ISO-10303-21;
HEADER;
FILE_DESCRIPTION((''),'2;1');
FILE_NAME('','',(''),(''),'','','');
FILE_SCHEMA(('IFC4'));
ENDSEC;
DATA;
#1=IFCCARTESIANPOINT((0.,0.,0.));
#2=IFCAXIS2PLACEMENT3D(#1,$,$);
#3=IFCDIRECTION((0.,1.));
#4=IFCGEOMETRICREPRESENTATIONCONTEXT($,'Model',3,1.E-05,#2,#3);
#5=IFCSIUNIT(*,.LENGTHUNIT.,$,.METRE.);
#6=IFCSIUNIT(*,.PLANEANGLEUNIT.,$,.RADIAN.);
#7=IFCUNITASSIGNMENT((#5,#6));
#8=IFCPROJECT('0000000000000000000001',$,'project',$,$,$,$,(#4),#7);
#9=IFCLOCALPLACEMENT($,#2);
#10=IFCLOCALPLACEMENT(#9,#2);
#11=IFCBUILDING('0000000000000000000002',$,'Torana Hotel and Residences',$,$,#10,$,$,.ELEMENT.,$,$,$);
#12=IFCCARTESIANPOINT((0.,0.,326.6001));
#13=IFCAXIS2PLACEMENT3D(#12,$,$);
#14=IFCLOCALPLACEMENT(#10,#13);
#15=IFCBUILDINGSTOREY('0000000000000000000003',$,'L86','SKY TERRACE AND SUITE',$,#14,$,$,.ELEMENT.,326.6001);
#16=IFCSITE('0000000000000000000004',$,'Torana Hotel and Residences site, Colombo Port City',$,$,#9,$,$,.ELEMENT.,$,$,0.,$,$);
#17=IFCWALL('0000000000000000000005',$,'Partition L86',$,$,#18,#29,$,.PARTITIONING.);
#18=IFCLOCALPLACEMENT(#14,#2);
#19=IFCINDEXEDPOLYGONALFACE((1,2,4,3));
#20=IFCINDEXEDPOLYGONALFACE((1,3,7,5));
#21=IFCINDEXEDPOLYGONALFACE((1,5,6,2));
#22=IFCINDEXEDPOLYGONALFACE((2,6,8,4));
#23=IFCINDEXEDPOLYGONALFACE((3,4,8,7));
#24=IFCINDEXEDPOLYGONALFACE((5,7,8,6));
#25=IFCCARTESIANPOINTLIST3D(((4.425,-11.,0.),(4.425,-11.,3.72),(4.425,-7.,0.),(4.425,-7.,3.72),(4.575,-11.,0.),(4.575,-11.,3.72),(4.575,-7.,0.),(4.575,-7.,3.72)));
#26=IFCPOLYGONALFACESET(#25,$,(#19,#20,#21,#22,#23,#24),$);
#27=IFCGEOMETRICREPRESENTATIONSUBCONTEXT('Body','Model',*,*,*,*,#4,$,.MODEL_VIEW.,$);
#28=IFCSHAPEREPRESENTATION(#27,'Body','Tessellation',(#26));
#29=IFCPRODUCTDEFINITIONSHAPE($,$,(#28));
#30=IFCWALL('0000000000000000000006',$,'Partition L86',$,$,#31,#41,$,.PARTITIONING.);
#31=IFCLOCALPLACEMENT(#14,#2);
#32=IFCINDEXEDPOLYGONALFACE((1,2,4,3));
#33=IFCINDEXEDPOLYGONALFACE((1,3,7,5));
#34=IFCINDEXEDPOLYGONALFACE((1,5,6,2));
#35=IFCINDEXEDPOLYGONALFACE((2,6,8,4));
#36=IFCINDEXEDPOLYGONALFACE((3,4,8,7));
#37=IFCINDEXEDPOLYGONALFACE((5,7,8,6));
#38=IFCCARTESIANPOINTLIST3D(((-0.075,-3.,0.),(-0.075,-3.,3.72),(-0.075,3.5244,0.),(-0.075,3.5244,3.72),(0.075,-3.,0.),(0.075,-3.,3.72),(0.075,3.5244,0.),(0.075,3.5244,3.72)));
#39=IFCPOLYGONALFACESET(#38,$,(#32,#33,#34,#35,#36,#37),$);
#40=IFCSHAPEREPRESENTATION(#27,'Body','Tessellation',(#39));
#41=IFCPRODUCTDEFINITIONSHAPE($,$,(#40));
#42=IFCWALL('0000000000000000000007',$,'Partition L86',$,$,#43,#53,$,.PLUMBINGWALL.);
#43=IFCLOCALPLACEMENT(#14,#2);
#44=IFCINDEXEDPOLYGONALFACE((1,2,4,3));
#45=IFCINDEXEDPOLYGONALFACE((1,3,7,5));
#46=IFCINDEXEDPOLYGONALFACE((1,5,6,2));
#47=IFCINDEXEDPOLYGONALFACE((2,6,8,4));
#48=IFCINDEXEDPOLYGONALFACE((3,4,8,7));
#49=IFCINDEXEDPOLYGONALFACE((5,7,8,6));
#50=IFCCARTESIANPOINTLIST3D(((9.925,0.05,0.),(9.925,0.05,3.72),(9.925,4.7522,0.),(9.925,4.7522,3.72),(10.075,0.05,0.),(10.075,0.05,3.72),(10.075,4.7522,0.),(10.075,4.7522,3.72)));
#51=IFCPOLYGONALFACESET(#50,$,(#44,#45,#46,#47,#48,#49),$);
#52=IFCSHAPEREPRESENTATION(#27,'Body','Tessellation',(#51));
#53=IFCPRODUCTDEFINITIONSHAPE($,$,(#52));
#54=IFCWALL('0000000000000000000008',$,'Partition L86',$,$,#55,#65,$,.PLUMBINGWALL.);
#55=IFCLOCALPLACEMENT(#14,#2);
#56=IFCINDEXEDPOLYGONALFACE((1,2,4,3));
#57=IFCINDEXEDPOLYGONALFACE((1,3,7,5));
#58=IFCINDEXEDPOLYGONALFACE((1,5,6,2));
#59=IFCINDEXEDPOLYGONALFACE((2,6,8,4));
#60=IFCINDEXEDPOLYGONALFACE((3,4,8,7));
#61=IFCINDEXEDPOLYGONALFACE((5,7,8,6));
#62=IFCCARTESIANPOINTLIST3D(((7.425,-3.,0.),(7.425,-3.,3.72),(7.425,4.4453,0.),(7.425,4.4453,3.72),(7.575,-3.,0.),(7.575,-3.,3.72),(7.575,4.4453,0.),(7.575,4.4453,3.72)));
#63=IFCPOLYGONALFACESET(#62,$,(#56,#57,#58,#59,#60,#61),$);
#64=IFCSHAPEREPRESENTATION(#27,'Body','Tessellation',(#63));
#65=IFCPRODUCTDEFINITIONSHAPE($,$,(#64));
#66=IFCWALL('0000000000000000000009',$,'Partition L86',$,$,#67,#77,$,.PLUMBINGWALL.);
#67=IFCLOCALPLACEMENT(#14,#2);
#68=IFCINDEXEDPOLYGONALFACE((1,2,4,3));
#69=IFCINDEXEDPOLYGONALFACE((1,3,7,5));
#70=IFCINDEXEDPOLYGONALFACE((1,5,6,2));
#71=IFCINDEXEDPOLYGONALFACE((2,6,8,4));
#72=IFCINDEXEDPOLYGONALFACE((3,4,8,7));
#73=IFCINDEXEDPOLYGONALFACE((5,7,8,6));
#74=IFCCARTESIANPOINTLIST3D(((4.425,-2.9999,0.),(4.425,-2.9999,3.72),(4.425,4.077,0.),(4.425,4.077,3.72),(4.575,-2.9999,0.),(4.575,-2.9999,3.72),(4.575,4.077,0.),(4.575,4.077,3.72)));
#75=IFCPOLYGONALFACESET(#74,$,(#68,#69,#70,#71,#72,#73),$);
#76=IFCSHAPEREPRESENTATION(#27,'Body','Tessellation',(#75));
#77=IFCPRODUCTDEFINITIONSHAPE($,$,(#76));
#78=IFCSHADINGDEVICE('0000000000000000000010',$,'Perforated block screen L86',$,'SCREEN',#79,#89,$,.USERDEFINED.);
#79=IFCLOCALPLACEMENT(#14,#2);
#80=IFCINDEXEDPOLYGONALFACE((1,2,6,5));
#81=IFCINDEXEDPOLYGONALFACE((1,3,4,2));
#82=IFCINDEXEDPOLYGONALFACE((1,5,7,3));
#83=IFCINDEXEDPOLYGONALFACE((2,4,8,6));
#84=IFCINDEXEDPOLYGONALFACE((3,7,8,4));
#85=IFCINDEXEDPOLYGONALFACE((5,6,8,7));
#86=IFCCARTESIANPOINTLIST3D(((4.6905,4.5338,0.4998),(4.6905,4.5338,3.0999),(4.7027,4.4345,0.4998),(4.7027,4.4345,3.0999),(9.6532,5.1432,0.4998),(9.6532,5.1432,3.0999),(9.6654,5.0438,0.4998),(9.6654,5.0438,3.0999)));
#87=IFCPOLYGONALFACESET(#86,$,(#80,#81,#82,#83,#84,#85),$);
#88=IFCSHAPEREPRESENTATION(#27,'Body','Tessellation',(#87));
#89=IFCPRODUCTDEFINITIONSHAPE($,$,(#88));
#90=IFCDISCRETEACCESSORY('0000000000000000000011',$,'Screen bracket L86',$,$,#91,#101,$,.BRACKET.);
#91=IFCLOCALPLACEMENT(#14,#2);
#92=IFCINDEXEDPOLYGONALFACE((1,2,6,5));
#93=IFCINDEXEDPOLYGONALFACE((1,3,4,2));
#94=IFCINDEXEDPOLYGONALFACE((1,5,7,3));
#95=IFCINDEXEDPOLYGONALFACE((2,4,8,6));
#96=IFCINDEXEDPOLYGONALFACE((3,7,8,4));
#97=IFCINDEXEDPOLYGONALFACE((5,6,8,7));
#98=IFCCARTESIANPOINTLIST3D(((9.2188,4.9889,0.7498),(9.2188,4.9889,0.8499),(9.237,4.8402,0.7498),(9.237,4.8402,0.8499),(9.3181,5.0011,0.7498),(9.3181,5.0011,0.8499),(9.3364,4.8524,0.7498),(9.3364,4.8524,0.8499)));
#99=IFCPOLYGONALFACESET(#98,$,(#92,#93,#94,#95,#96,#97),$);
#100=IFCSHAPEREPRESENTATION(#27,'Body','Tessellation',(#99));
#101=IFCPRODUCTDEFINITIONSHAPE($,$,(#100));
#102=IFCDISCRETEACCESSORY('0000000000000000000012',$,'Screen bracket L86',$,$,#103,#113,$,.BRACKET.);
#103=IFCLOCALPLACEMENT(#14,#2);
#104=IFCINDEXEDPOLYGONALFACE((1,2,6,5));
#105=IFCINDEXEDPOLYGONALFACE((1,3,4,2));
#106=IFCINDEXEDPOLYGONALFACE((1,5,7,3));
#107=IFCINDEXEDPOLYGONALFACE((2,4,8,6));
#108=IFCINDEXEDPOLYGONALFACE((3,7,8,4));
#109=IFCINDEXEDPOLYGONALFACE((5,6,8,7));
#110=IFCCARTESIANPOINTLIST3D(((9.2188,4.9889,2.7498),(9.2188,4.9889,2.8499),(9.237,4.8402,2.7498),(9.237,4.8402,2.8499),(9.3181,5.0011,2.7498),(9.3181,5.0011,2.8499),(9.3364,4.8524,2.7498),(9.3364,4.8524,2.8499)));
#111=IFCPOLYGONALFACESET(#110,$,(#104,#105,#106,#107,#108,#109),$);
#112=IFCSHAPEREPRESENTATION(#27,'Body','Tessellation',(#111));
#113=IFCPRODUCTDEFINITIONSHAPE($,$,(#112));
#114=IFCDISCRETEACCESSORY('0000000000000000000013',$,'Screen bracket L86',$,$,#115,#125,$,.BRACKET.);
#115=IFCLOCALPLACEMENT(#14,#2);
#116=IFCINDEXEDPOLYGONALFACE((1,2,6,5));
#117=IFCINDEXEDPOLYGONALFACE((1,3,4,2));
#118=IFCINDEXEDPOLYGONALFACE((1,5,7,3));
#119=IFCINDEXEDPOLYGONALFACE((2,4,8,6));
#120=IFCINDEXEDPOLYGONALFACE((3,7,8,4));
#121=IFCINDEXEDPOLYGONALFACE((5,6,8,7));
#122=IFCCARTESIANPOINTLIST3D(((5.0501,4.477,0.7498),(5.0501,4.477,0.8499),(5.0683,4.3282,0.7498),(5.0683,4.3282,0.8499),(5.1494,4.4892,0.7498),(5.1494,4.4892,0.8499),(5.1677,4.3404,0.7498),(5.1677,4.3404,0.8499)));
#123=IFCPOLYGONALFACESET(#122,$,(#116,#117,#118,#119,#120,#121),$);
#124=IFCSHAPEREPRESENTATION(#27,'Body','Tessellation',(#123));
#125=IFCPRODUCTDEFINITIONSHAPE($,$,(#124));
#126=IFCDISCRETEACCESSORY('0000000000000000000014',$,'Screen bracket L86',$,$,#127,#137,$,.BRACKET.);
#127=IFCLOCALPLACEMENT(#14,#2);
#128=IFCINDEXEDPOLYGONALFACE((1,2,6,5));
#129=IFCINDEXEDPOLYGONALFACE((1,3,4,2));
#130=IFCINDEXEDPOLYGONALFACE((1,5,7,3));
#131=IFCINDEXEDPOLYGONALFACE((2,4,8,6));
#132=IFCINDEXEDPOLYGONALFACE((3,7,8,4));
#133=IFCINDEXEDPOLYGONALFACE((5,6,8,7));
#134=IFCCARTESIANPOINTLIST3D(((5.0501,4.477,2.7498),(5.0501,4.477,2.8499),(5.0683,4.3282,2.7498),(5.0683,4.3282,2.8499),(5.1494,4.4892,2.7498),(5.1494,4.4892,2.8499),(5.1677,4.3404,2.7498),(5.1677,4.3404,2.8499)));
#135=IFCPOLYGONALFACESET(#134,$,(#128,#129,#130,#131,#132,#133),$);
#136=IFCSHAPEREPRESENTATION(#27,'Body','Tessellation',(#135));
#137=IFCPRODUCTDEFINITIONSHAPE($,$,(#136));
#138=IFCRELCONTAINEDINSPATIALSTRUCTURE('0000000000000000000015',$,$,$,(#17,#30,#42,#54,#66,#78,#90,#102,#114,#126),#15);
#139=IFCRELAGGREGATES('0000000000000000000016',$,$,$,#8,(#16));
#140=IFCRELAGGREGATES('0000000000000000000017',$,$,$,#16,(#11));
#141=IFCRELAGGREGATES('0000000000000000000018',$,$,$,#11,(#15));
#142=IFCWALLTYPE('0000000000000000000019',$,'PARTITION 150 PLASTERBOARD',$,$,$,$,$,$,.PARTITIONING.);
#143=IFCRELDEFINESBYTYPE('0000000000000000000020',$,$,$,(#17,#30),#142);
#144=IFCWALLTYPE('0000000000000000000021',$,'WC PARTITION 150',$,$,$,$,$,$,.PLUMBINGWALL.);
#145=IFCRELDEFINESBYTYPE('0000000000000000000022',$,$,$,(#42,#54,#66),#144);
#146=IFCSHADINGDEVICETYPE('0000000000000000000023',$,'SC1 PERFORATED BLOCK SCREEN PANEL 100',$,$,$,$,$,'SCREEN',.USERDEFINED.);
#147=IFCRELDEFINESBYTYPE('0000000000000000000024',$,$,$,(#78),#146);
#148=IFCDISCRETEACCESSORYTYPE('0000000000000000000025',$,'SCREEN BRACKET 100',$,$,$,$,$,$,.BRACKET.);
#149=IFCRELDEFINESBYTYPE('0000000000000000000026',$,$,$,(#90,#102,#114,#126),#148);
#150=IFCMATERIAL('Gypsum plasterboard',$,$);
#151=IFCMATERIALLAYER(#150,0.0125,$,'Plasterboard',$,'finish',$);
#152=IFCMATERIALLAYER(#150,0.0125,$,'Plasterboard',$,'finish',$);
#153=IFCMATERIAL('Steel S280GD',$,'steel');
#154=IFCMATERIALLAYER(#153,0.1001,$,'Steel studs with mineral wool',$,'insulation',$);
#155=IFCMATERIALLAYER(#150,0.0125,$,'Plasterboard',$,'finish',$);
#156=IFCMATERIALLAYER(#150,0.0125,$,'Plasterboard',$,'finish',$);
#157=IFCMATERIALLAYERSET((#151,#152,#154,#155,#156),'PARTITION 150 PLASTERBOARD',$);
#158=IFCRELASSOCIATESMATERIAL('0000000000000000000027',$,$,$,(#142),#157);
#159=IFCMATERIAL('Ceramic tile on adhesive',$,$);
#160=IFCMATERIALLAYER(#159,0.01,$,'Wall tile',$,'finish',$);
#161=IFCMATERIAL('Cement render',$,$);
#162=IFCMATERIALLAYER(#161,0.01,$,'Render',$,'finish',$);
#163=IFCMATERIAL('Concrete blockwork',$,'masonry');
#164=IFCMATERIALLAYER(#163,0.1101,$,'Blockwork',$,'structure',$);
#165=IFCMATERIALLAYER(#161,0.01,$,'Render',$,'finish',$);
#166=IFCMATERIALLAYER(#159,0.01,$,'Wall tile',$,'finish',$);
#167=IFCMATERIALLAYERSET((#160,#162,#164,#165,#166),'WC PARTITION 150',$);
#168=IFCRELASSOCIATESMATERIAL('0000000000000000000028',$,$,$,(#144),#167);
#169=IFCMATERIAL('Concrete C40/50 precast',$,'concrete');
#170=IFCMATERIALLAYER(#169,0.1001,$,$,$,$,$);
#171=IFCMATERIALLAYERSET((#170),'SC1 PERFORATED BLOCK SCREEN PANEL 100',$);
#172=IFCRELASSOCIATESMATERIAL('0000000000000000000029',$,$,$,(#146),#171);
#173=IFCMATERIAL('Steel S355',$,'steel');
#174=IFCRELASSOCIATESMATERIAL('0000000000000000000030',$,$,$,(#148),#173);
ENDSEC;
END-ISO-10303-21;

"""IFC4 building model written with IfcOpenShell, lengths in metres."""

from ifc_helpers import new_model, si_unit, direction, frame, frame_2d, origin, origin_2d, place, context, subcontext, project, spatial, rectangle, extrude, material, layer, layer_set, type_object, element, save


model = new_model("IFC4")

# Units and contexts
model_context = context("Model", 3, precision=1e-05, world=origin(), true_north=direction((0.0, 1.0)))
body_context = subcontext(model_context, "Body", "Model", "MODEL_VIEW")
ifc_project = project(units=[si_unit("LENGTHUNIT", "METRE"), si_unit("PLANEANGLEUNIT", "RADIAN")], contexts=[model_context])

# Site, building, storey
site_placement = place(None, origin())
site = spatial("IfcSite", under=ifc_project, at=site_placement, Name="Torana Hotel and Residences site, Colombo Port City", CompositionType="ELEMENT", RefElevation=0.0)
building_placement = place(site_placement, origin())
building = spatial("IfcBuilding", under=site, at=building_placement, Name="Torana Hotel and Residences", CompositionType="ELEMENT")
storey_placement = place(building_placement, frame((0.0, 0.0, 326.6001)))
storey = spatial("IfcBuildingStorey", under=building, at=storey_placement, Name="L86", Description="SKY TERRACE AND SUITE", CompositionType="ELEMENT", Elevation=326.6001)

# Shared definitions
ifc_material_1 = material(Name="Concrete blockwork", Category="masonry")

# Walls
ifc_material_2 = material(Name="Gypsum plasterboard")
ifc_layer_1 = layer(ifc_material_2, 0.0125, Name="Plasterboard", Category="finish")
ifc_layer_2 = layer(ifc_material_2, 0.0125, Name="Plasterboard", Category="finish")
ifc_material_3 = material(Name="Steel S280GD", Category="steel")
ifc_layer_3 = layer(ifc_material_3, 0.1001, Name="Steel studs with mineral wool", Category="insulation")
ifc_layer_4 = layer(ifc_material_2, 0.0125, Name="Plasterboard", Category="finish")
ifc_layer_5 = layer(ifc_material_2, 0.0125, Name="Plasterboard", Category="finish")
ifc_layer_set_1 = layer_set([ifc_layer_1, ifc_layer_2, ifc_layer_3, ifc_layer_4, ifc_layer_5], Name="PARTITION 150 PLASTERBOARD")
wall_type_1 = type_object("IfcWallType", Name="PARTITION 150 PLASTERBOARD", PredefinedType="PARTITIONING", material=ifc_layer_set_1)
wall_1_placement = place(storey_placement, frame((4.5, -11.0, 0.0), z_axis=(0.0, 0.0, 1.0), x_axis=(0.0, 1.0, 0.0)))
element("IfcWall", 1, at=wall_1_placement, inside=storey, type_object=wall_type_1, Name="Partition L86", PredefinedType="PARTITIONING", context=body_context, shape_type="SweptSolid", body=[
    extrude(rectangle(XDim=4.0, YDim=0.1499, at=frame_2d((2.0, 0.0))), origin(), (0.0, 0.0, 1.0), 3.72),
])
wall_2_placement = place(storey_placement, frame((0.0, -3.0, 0.0), z_axis=(0.0, 0.0, 1.0), x_axis=(0.0, 1.0, 0.0)))
element("IfcWall", 2, at=wall_2_placement, inside=storey, type_object=wall_type_1, Name="Partition L86", PredefinedType="PARTITIONING", context=body_context, shape_type="SweptSolid", body=[
    extrude(rectangle(XDim=6.5244, YDim=0.1499, at=frame_2d((3.2622, 0.0))), origin(), (0.0, 0.0, 1.0), 3.72),
])
ifc_material_4 = material(Name="Ceramic tile on adhesive")
ifc_layer_6 = layer(ifc_material_4, 0.01, Name="Wall tile", Category="finish")
ifc_material_5 = material(Name="Cement render")
ifc_layer_7 = layer(ifc_material_5, 0.01, Name="Render", Category="finish")
ifc_layer_8 = layer(ifc_material_1, 0.1101, Name="Blockwork", Category="structure")
ifc_layer_9 = layer(ifc_material_5, 0.01, Name="Render", Category="finish")
ifc_layer_10 = layer(ifc_material_4, 0.01, Name="Wall tile", Category="finish")
ifc_layer_set_2 = layer_set([ifc_layer_6, ifc_layer_7, ifc_layer_8, ifc_layer_9, ifc_layer_10], Name="WC PARTITION 150")
wall_type_2 = type_object("IfcWallType", Name="WC PARTITION 150", PredefinedType="PLUMBINGWALL", material=ifc_layer_set_2)
wall_3_placement = place(storey_placement, frame((10.0, 0.05, 0.0), z_axis=(0.0, 0.0, 1.0), x_axis=(0.0, 1.0, 0.0)))
element("IfcWall", 3, at=wall_3_placement, inside=storey, type_object=wall_type_2, Name="Partition L86", PredefinedType="PLUMBINGWALL", context=body_context, shape_type="SweptSolid", body=[
    extrude(rectangle(XDim=4.7021, YDim=0.1499, at=frame_2d((2.3511, 0.0))), origin(), (0.0, 0.0, 1.0), 3.72),
])
wall_4_placement = place(storey_placement, frame((7.5, -3.0, 0.0), z_axis=(0.0, 0.0, 1.0), x_axis=(0.0, 1.0, 0.0)))
element("IfcWall", 4, at=wall_4_placement, inside=storey, type_object=wall_type_2, Name="Partition L86", PredefinedType="PLUMBINGWALL", context=body_context, shape_type="SweptSolid", body=[
    extrude(rectangle(XDim=7.4453, YDim=0.1499, at=frame_2d((3.7227, 0.0))), origin(), (0.0, 0.0, 1.0), 3.72),
])
wall_5_placement = place(storey_placement, frame((4.5, -3.0, 0.0), z_axis=(0.0, 0.0, 1.0), x_axis=(0.0, 1.0, 0.0)))
element("IfcWall", 5, at=wall_5_placement, inside=storey, type_object=wall_type_2, Name="Partition L86", PredefinedType="PLUMBINGWALL", context=body_context, shape_type="SweptSolid", body=[
    extrude(rectangle(XDim=7.0769, YDim=0.1499, at=frame_2d((3.5386, 0.0))), origin(), (0.0, 0.0, 1.0), 3.72),
])

# Shading device
ifc_material_6 = material(Name="Concrete C40/50 precast", Category="concrete")
ifc_layer_11 = layer(ifc_material_6, 0.1001)
ifc_layer_set_3 = layer_set([ifc_layer_11], Name="SC1 PERFORATED BLOCK SCREEN PANEL 100")
shading_device_type = type_object("IfcShadingDeviceType", Name="SC1 PERFORATED BLOCK SCREEN PANEL 100", ElementType="SCREEN", PredefinedType="USERDEFINED", material=ifc_layer_set_3)
shading_device_placement = place(storey_placement, frame((7.178, 4.7888, 0.4998), z_axis=(0.0, 0.0, 1.0), x_axis=(-0.992547, -0.121866, 0.0)))
element("IfcShadingDevice", 6, at=shading_device_placement, inside=storey, type_object=shading_device_type, Name="Perforated block screen L86", ObjectType="SCREEN", PredefinedType="USERDEFINED", context=body_context, shape_type="SweptSolid", body=[
    extrude(rectangle(XDim=5.0, YDim=0.1001, at=origin_2d()), origin(), (0.0, 0.0, 1.0), 2.6001),
])

# Discrete accessories
ifc_material_7 = material(Name="Steel S355", Category="steel")
discrete_accessory_type = type_object("IfcDiscreteAccessoryType", Name="SCREEN BRACKET 100", PredefinedType="BRACKET", material=ifc_material_7)
for number, where, z_axis, x_axis, name in (
    (7, (9.2776, 4.9207, 0.7498), (0.0, 0.0, 1.0), (-0.992547, -0.121866, 0.0), "Screen bracket L86"),
    (8, (9.2776, 4.9207, 2.7498), (0.0, 0.0, 1.0), (-0.992547, -0.121866, 0.0), "Screen bracket L86"),
    (9, (5.1089, 4.4087, 0.7498), (0.0, 0.0, 1.0), (-0.992547, -0.121866, 0.0), "Screen bracket L86"),
    (10, (5.1089, 4.4087, 2.7498), (0.0, 0.0, 1.0), (-0.992547, -0.121866, 0.0), "Screen bracket L86"),
):
    element("IfcDiscreteAccessory", number, at=place(storey_placement, frame(where, z_axis=z_axis, x_axis=x_axis)), inside=storey, type_object=discrete_accessory_type, Name=name, PredefinedType="BRACKET", context=body_context, shape_type="SweptSolid", body=[
        extrude(rectangle(XDim=0.1001, YDim=0.1499, at=origin_2d()), origin(), (0.0, 0.0, 1.0), 0.1001),
    ])

save(model, "model.ifc")
